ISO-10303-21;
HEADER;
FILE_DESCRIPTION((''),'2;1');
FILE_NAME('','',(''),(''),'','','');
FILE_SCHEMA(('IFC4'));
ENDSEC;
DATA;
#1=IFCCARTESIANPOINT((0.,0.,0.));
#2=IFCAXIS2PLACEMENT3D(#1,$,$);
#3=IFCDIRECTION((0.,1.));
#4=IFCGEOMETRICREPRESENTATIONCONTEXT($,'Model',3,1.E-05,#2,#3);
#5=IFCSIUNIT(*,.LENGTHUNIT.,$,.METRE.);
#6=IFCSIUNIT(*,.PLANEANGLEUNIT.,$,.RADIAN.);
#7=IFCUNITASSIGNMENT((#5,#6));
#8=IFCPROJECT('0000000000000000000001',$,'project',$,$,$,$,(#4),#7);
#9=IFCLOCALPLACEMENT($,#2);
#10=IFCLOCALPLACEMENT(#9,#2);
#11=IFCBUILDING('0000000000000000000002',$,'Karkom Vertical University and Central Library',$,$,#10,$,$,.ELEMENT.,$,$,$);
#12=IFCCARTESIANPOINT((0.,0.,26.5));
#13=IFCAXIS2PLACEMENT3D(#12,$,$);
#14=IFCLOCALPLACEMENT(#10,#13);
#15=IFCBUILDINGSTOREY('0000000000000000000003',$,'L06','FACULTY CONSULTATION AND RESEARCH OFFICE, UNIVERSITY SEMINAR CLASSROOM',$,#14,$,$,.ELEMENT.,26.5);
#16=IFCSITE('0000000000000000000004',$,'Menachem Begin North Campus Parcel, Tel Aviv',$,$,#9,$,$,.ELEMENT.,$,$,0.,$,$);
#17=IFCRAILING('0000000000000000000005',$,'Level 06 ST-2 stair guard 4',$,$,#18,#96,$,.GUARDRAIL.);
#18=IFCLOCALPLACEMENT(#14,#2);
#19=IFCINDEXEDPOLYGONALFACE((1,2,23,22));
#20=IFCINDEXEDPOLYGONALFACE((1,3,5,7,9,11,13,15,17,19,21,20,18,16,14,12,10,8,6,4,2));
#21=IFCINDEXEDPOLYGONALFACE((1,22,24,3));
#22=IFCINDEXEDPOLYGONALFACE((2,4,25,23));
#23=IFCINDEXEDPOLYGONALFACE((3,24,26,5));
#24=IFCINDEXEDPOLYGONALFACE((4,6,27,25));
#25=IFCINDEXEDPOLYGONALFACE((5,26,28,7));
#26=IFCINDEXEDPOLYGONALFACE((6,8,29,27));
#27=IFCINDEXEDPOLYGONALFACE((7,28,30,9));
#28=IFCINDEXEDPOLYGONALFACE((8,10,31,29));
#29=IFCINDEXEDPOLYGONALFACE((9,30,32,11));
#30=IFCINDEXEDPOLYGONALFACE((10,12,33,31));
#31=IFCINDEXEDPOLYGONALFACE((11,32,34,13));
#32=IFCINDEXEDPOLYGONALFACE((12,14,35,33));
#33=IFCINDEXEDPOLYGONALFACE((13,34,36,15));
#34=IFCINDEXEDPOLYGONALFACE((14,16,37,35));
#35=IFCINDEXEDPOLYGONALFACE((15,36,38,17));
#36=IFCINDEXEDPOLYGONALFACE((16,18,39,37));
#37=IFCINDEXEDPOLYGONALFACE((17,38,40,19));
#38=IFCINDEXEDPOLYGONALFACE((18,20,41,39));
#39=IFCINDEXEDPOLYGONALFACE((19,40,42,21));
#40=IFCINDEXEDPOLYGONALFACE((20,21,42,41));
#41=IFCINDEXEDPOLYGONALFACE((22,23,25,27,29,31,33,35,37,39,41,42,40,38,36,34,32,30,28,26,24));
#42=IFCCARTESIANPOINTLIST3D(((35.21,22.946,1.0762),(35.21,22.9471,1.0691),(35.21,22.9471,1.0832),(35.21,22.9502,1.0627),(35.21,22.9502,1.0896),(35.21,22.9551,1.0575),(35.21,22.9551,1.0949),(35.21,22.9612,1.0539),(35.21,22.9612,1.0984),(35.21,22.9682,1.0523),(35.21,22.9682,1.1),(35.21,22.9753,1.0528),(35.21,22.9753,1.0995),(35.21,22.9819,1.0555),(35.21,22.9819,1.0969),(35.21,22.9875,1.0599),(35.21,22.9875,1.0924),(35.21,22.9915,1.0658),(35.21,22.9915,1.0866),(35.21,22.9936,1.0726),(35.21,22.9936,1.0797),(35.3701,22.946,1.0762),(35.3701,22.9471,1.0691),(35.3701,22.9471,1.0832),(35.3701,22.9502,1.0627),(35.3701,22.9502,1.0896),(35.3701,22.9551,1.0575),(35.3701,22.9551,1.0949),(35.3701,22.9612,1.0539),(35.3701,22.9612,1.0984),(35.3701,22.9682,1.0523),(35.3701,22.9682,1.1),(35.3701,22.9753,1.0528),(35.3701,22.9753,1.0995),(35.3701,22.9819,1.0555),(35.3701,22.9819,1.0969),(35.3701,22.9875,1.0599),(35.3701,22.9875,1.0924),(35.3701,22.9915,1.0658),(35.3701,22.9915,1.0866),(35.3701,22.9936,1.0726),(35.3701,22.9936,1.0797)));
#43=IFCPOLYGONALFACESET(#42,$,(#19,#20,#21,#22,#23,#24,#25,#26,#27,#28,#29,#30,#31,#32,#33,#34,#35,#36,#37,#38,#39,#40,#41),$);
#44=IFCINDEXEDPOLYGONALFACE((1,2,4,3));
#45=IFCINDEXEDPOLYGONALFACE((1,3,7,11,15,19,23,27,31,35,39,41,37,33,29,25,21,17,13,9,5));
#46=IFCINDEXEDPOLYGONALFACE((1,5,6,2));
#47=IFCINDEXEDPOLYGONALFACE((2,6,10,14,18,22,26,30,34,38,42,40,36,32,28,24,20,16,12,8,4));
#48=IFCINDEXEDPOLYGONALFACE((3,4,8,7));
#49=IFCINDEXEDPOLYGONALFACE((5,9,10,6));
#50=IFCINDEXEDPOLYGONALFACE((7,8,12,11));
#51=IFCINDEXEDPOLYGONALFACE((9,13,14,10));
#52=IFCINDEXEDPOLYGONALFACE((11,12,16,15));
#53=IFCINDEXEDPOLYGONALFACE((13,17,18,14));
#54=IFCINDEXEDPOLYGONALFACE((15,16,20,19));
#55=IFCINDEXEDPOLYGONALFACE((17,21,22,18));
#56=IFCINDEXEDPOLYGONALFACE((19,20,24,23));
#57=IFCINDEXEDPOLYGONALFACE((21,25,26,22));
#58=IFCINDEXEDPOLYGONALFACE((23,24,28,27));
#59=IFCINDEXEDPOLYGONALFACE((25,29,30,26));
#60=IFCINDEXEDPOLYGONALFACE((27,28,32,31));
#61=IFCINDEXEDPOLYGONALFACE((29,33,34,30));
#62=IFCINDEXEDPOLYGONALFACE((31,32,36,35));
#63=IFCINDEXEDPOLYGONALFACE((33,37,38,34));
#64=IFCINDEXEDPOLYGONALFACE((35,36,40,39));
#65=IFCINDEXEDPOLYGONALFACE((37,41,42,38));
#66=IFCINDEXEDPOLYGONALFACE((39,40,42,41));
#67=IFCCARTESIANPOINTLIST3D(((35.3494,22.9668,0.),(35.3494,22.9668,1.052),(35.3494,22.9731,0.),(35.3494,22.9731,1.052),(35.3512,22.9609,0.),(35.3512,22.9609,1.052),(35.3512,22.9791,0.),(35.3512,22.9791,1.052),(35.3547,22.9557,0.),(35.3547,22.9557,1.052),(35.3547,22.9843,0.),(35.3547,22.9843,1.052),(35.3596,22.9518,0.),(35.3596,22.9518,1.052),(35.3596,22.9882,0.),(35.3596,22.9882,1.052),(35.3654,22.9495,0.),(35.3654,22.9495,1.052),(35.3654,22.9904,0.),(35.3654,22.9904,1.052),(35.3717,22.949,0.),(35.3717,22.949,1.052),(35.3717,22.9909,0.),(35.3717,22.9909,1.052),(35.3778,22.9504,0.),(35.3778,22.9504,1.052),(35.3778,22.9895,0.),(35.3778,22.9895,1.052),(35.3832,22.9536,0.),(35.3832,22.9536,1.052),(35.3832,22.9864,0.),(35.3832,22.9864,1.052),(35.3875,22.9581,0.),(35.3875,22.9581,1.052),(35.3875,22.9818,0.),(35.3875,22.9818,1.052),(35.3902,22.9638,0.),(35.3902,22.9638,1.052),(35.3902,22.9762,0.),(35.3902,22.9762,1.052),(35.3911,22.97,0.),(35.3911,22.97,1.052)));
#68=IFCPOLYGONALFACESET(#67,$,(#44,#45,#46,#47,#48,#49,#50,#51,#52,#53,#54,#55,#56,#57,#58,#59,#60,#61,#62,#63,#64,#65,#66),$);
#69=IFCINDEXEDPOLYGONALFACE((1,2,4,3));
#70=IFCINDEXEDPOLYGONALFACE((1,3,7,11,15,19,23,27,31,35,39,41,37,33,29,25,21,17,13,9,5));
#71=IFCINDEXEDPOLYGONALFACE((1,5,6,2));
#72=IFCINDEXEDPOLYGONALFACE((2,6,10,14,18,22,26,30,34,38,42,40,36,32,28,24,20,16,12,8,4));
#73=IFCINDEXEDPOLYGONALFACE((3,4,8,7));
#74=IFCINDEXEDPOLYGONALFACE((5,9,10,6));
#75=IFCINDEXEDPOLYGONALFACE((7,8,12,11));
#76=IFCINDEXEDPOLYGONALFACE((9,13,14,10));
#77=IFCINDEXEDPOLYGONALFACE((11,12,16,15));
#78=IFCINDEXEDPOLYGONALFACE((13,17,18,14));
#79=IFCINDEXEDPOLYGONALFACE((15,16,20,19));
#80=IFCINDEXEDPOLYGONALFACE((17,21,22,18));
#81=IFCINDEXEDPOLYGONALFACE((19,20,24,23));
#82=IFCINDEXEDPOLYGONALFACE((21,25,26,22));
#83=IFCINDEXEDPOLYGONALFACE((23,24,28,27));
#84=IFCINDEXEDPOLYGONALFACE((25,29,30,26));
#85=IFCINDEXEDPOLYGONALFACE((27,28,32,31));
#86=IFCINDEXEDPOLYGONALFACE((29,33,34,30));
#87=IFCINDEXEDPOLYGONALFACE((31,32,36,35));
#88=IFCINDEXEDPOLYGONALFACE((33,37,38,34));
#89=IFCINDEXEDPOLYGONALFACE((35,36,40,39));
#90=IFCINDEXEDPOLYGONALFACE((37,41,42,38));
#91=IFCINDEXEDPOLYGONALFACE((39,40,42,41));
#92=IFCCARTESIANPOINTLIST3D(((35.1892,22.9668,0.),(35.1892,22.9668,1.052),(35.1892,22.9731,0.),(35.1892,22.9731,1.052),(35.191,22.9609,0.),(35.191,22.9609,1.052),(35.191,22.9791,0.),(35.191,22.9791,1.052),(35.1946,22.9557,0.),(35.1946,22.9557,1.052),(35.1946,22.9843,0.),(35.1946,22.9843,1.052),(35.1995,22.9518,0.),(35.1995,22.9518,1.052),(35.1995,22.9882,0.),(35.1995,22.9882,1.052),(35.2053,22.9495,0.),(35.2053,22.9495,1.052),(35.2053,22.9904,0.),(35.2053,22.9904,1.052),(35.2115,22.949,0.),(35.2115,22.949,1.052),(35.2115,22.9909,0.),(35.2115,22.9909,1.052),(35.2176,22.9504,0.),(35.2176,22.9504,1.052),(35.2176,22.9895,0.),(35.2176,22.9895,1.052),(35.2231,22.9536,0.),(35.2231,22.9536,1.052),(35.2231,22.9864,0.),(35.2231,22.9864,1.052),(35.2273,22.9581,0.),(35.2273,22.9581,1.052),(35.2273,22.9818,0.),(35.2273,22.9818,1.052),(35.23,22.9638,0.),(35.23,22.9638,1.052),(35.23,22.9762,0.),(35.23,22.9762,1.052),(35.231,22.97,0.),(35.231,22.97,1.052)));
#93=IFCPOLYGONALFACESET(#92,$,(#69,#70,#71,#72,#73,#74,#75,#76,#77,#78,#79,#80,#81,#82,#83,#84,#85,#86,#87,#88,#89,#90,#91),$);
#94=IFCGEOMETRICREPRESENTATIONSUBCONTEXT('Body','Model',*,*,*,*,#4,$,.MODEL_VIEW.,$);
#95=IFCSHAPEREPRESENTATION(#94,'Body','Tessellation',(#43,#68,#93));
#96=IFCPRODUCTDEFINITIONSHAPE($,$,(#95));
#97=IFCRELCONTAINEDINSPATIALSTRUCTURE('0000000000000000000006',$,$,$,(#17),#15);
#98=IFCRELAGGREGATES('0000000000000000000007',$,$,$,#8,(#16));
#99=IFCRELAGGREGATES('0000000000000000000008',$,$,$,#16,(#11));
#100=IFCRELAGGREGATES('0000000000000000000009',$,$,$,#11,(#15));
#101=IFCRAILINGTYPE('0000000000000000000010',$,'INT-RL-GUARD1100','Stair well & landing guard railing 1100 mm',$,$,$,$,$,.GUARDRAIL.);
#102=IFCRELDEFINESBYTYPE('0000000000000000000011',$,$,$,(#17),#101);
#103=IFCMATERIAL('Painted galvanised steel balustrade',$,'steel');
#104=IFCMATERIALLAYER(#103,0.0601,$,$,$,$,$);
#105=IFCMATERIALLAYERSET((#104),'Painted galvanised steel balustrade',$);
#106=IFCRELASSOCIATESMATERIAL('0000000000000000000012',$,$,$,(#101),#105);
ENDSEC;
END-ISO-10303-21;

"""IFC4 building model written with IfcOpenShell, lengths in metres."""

from ifc_helpers import new_model, si_unit, direction, frame, origin, origin_2d, place, context, subcontext, project, spatial, circle, extrude, material, layer, layer_set, type_object, element, save


model = new_model("IFC4")

# Units and contexts
model_context = context("Model", 3, precision=1e-05, world=origin(), true_north=direction((0.0, 1.0)))
body_context = subcontext(model_context, "Body", "Model", "MODEL_VIEW")
ifc_project = project(units=[si_unit("LENGTHUNIT", "METRE"), si_unit("PLANEANGLEUNIT", "RADIAN")], contexts=[model_context])

# Site, building, storey
site_placement = place(None, origin())
site = spatial("IfcSite", under=ifc_project, at=site_placement, Name="Menachem Begin North Campus Parcel, Tel Aviv", CompositionType="ELEMENT", RefElevation=0.0)
building_placement = place(site_placement, origin())
building = spatial("IfcBuilding", under=site, at=building_placement, Name="Karkom Vertical University and Central Library", CompositionType="ELEMENT")
storey_placement = place(building_placement, frame((0.0, 0.0, 26.5)))
storey = spatial("IfcBuildingStorey", under=building, at=storey_placement, Name="L06", Description="FACULTY CONSULTATION AND RESEARCH OFFICE, UNIVERSITY SEMINAR CLASSROOM", CompositionType="ELEMENT", Elevation=26.5)

# Railing
ifc_material_1 = material(Name="Painted galvanised steel balustrade", Category="steel")
ifc_layer_1 = layer(ifc_material_1, 0.0601)
ifc_layer_set_1 = layer_set([ifc_layer_1], Name="Painted galvanised steel balustrade")
railing_type_1 = type_object("IfcRailingType", Name="INT-RL-GUARD1100", Description="Stair well & landing guard railing 1100 mm", PredefinedType="GUARDRAIL", material=ifc_layer_set_1)
railing_1_placement = place(storey_placement, frame((35.3701, 22.97, 0.0)))
element("IfcRailing", 1, at=railing_1_placement, inside=storey, type_object=railing_type_1, Name="Level 06 ST-2 stair guard 4", PredefinedType="GUARDRAIL", context=body_context, shape_type="SweptSolid", body=[
    extrude(circle(Radius=0.0239, at=origin_2d()), frame((0.0, 0.0, 1.0762), z_axis=(-1.0, 0.0, 0.0), x_axis=(0.0, -1.0, 0.0)), (0.0, 0.0, 1.0), 0.1602),
    extrude(circle(Radius=0.021, at=origin_2d()), origin(), (0.0, 0.0, 1.0), 1.052),
    extrude(circle(Radius=0.021, at=origin_2d()), frame((-0.1602, 0.0, 0.0)), (0.0, 0.0, 1.0), 1.052),
])

save(model, "model.ifc")
